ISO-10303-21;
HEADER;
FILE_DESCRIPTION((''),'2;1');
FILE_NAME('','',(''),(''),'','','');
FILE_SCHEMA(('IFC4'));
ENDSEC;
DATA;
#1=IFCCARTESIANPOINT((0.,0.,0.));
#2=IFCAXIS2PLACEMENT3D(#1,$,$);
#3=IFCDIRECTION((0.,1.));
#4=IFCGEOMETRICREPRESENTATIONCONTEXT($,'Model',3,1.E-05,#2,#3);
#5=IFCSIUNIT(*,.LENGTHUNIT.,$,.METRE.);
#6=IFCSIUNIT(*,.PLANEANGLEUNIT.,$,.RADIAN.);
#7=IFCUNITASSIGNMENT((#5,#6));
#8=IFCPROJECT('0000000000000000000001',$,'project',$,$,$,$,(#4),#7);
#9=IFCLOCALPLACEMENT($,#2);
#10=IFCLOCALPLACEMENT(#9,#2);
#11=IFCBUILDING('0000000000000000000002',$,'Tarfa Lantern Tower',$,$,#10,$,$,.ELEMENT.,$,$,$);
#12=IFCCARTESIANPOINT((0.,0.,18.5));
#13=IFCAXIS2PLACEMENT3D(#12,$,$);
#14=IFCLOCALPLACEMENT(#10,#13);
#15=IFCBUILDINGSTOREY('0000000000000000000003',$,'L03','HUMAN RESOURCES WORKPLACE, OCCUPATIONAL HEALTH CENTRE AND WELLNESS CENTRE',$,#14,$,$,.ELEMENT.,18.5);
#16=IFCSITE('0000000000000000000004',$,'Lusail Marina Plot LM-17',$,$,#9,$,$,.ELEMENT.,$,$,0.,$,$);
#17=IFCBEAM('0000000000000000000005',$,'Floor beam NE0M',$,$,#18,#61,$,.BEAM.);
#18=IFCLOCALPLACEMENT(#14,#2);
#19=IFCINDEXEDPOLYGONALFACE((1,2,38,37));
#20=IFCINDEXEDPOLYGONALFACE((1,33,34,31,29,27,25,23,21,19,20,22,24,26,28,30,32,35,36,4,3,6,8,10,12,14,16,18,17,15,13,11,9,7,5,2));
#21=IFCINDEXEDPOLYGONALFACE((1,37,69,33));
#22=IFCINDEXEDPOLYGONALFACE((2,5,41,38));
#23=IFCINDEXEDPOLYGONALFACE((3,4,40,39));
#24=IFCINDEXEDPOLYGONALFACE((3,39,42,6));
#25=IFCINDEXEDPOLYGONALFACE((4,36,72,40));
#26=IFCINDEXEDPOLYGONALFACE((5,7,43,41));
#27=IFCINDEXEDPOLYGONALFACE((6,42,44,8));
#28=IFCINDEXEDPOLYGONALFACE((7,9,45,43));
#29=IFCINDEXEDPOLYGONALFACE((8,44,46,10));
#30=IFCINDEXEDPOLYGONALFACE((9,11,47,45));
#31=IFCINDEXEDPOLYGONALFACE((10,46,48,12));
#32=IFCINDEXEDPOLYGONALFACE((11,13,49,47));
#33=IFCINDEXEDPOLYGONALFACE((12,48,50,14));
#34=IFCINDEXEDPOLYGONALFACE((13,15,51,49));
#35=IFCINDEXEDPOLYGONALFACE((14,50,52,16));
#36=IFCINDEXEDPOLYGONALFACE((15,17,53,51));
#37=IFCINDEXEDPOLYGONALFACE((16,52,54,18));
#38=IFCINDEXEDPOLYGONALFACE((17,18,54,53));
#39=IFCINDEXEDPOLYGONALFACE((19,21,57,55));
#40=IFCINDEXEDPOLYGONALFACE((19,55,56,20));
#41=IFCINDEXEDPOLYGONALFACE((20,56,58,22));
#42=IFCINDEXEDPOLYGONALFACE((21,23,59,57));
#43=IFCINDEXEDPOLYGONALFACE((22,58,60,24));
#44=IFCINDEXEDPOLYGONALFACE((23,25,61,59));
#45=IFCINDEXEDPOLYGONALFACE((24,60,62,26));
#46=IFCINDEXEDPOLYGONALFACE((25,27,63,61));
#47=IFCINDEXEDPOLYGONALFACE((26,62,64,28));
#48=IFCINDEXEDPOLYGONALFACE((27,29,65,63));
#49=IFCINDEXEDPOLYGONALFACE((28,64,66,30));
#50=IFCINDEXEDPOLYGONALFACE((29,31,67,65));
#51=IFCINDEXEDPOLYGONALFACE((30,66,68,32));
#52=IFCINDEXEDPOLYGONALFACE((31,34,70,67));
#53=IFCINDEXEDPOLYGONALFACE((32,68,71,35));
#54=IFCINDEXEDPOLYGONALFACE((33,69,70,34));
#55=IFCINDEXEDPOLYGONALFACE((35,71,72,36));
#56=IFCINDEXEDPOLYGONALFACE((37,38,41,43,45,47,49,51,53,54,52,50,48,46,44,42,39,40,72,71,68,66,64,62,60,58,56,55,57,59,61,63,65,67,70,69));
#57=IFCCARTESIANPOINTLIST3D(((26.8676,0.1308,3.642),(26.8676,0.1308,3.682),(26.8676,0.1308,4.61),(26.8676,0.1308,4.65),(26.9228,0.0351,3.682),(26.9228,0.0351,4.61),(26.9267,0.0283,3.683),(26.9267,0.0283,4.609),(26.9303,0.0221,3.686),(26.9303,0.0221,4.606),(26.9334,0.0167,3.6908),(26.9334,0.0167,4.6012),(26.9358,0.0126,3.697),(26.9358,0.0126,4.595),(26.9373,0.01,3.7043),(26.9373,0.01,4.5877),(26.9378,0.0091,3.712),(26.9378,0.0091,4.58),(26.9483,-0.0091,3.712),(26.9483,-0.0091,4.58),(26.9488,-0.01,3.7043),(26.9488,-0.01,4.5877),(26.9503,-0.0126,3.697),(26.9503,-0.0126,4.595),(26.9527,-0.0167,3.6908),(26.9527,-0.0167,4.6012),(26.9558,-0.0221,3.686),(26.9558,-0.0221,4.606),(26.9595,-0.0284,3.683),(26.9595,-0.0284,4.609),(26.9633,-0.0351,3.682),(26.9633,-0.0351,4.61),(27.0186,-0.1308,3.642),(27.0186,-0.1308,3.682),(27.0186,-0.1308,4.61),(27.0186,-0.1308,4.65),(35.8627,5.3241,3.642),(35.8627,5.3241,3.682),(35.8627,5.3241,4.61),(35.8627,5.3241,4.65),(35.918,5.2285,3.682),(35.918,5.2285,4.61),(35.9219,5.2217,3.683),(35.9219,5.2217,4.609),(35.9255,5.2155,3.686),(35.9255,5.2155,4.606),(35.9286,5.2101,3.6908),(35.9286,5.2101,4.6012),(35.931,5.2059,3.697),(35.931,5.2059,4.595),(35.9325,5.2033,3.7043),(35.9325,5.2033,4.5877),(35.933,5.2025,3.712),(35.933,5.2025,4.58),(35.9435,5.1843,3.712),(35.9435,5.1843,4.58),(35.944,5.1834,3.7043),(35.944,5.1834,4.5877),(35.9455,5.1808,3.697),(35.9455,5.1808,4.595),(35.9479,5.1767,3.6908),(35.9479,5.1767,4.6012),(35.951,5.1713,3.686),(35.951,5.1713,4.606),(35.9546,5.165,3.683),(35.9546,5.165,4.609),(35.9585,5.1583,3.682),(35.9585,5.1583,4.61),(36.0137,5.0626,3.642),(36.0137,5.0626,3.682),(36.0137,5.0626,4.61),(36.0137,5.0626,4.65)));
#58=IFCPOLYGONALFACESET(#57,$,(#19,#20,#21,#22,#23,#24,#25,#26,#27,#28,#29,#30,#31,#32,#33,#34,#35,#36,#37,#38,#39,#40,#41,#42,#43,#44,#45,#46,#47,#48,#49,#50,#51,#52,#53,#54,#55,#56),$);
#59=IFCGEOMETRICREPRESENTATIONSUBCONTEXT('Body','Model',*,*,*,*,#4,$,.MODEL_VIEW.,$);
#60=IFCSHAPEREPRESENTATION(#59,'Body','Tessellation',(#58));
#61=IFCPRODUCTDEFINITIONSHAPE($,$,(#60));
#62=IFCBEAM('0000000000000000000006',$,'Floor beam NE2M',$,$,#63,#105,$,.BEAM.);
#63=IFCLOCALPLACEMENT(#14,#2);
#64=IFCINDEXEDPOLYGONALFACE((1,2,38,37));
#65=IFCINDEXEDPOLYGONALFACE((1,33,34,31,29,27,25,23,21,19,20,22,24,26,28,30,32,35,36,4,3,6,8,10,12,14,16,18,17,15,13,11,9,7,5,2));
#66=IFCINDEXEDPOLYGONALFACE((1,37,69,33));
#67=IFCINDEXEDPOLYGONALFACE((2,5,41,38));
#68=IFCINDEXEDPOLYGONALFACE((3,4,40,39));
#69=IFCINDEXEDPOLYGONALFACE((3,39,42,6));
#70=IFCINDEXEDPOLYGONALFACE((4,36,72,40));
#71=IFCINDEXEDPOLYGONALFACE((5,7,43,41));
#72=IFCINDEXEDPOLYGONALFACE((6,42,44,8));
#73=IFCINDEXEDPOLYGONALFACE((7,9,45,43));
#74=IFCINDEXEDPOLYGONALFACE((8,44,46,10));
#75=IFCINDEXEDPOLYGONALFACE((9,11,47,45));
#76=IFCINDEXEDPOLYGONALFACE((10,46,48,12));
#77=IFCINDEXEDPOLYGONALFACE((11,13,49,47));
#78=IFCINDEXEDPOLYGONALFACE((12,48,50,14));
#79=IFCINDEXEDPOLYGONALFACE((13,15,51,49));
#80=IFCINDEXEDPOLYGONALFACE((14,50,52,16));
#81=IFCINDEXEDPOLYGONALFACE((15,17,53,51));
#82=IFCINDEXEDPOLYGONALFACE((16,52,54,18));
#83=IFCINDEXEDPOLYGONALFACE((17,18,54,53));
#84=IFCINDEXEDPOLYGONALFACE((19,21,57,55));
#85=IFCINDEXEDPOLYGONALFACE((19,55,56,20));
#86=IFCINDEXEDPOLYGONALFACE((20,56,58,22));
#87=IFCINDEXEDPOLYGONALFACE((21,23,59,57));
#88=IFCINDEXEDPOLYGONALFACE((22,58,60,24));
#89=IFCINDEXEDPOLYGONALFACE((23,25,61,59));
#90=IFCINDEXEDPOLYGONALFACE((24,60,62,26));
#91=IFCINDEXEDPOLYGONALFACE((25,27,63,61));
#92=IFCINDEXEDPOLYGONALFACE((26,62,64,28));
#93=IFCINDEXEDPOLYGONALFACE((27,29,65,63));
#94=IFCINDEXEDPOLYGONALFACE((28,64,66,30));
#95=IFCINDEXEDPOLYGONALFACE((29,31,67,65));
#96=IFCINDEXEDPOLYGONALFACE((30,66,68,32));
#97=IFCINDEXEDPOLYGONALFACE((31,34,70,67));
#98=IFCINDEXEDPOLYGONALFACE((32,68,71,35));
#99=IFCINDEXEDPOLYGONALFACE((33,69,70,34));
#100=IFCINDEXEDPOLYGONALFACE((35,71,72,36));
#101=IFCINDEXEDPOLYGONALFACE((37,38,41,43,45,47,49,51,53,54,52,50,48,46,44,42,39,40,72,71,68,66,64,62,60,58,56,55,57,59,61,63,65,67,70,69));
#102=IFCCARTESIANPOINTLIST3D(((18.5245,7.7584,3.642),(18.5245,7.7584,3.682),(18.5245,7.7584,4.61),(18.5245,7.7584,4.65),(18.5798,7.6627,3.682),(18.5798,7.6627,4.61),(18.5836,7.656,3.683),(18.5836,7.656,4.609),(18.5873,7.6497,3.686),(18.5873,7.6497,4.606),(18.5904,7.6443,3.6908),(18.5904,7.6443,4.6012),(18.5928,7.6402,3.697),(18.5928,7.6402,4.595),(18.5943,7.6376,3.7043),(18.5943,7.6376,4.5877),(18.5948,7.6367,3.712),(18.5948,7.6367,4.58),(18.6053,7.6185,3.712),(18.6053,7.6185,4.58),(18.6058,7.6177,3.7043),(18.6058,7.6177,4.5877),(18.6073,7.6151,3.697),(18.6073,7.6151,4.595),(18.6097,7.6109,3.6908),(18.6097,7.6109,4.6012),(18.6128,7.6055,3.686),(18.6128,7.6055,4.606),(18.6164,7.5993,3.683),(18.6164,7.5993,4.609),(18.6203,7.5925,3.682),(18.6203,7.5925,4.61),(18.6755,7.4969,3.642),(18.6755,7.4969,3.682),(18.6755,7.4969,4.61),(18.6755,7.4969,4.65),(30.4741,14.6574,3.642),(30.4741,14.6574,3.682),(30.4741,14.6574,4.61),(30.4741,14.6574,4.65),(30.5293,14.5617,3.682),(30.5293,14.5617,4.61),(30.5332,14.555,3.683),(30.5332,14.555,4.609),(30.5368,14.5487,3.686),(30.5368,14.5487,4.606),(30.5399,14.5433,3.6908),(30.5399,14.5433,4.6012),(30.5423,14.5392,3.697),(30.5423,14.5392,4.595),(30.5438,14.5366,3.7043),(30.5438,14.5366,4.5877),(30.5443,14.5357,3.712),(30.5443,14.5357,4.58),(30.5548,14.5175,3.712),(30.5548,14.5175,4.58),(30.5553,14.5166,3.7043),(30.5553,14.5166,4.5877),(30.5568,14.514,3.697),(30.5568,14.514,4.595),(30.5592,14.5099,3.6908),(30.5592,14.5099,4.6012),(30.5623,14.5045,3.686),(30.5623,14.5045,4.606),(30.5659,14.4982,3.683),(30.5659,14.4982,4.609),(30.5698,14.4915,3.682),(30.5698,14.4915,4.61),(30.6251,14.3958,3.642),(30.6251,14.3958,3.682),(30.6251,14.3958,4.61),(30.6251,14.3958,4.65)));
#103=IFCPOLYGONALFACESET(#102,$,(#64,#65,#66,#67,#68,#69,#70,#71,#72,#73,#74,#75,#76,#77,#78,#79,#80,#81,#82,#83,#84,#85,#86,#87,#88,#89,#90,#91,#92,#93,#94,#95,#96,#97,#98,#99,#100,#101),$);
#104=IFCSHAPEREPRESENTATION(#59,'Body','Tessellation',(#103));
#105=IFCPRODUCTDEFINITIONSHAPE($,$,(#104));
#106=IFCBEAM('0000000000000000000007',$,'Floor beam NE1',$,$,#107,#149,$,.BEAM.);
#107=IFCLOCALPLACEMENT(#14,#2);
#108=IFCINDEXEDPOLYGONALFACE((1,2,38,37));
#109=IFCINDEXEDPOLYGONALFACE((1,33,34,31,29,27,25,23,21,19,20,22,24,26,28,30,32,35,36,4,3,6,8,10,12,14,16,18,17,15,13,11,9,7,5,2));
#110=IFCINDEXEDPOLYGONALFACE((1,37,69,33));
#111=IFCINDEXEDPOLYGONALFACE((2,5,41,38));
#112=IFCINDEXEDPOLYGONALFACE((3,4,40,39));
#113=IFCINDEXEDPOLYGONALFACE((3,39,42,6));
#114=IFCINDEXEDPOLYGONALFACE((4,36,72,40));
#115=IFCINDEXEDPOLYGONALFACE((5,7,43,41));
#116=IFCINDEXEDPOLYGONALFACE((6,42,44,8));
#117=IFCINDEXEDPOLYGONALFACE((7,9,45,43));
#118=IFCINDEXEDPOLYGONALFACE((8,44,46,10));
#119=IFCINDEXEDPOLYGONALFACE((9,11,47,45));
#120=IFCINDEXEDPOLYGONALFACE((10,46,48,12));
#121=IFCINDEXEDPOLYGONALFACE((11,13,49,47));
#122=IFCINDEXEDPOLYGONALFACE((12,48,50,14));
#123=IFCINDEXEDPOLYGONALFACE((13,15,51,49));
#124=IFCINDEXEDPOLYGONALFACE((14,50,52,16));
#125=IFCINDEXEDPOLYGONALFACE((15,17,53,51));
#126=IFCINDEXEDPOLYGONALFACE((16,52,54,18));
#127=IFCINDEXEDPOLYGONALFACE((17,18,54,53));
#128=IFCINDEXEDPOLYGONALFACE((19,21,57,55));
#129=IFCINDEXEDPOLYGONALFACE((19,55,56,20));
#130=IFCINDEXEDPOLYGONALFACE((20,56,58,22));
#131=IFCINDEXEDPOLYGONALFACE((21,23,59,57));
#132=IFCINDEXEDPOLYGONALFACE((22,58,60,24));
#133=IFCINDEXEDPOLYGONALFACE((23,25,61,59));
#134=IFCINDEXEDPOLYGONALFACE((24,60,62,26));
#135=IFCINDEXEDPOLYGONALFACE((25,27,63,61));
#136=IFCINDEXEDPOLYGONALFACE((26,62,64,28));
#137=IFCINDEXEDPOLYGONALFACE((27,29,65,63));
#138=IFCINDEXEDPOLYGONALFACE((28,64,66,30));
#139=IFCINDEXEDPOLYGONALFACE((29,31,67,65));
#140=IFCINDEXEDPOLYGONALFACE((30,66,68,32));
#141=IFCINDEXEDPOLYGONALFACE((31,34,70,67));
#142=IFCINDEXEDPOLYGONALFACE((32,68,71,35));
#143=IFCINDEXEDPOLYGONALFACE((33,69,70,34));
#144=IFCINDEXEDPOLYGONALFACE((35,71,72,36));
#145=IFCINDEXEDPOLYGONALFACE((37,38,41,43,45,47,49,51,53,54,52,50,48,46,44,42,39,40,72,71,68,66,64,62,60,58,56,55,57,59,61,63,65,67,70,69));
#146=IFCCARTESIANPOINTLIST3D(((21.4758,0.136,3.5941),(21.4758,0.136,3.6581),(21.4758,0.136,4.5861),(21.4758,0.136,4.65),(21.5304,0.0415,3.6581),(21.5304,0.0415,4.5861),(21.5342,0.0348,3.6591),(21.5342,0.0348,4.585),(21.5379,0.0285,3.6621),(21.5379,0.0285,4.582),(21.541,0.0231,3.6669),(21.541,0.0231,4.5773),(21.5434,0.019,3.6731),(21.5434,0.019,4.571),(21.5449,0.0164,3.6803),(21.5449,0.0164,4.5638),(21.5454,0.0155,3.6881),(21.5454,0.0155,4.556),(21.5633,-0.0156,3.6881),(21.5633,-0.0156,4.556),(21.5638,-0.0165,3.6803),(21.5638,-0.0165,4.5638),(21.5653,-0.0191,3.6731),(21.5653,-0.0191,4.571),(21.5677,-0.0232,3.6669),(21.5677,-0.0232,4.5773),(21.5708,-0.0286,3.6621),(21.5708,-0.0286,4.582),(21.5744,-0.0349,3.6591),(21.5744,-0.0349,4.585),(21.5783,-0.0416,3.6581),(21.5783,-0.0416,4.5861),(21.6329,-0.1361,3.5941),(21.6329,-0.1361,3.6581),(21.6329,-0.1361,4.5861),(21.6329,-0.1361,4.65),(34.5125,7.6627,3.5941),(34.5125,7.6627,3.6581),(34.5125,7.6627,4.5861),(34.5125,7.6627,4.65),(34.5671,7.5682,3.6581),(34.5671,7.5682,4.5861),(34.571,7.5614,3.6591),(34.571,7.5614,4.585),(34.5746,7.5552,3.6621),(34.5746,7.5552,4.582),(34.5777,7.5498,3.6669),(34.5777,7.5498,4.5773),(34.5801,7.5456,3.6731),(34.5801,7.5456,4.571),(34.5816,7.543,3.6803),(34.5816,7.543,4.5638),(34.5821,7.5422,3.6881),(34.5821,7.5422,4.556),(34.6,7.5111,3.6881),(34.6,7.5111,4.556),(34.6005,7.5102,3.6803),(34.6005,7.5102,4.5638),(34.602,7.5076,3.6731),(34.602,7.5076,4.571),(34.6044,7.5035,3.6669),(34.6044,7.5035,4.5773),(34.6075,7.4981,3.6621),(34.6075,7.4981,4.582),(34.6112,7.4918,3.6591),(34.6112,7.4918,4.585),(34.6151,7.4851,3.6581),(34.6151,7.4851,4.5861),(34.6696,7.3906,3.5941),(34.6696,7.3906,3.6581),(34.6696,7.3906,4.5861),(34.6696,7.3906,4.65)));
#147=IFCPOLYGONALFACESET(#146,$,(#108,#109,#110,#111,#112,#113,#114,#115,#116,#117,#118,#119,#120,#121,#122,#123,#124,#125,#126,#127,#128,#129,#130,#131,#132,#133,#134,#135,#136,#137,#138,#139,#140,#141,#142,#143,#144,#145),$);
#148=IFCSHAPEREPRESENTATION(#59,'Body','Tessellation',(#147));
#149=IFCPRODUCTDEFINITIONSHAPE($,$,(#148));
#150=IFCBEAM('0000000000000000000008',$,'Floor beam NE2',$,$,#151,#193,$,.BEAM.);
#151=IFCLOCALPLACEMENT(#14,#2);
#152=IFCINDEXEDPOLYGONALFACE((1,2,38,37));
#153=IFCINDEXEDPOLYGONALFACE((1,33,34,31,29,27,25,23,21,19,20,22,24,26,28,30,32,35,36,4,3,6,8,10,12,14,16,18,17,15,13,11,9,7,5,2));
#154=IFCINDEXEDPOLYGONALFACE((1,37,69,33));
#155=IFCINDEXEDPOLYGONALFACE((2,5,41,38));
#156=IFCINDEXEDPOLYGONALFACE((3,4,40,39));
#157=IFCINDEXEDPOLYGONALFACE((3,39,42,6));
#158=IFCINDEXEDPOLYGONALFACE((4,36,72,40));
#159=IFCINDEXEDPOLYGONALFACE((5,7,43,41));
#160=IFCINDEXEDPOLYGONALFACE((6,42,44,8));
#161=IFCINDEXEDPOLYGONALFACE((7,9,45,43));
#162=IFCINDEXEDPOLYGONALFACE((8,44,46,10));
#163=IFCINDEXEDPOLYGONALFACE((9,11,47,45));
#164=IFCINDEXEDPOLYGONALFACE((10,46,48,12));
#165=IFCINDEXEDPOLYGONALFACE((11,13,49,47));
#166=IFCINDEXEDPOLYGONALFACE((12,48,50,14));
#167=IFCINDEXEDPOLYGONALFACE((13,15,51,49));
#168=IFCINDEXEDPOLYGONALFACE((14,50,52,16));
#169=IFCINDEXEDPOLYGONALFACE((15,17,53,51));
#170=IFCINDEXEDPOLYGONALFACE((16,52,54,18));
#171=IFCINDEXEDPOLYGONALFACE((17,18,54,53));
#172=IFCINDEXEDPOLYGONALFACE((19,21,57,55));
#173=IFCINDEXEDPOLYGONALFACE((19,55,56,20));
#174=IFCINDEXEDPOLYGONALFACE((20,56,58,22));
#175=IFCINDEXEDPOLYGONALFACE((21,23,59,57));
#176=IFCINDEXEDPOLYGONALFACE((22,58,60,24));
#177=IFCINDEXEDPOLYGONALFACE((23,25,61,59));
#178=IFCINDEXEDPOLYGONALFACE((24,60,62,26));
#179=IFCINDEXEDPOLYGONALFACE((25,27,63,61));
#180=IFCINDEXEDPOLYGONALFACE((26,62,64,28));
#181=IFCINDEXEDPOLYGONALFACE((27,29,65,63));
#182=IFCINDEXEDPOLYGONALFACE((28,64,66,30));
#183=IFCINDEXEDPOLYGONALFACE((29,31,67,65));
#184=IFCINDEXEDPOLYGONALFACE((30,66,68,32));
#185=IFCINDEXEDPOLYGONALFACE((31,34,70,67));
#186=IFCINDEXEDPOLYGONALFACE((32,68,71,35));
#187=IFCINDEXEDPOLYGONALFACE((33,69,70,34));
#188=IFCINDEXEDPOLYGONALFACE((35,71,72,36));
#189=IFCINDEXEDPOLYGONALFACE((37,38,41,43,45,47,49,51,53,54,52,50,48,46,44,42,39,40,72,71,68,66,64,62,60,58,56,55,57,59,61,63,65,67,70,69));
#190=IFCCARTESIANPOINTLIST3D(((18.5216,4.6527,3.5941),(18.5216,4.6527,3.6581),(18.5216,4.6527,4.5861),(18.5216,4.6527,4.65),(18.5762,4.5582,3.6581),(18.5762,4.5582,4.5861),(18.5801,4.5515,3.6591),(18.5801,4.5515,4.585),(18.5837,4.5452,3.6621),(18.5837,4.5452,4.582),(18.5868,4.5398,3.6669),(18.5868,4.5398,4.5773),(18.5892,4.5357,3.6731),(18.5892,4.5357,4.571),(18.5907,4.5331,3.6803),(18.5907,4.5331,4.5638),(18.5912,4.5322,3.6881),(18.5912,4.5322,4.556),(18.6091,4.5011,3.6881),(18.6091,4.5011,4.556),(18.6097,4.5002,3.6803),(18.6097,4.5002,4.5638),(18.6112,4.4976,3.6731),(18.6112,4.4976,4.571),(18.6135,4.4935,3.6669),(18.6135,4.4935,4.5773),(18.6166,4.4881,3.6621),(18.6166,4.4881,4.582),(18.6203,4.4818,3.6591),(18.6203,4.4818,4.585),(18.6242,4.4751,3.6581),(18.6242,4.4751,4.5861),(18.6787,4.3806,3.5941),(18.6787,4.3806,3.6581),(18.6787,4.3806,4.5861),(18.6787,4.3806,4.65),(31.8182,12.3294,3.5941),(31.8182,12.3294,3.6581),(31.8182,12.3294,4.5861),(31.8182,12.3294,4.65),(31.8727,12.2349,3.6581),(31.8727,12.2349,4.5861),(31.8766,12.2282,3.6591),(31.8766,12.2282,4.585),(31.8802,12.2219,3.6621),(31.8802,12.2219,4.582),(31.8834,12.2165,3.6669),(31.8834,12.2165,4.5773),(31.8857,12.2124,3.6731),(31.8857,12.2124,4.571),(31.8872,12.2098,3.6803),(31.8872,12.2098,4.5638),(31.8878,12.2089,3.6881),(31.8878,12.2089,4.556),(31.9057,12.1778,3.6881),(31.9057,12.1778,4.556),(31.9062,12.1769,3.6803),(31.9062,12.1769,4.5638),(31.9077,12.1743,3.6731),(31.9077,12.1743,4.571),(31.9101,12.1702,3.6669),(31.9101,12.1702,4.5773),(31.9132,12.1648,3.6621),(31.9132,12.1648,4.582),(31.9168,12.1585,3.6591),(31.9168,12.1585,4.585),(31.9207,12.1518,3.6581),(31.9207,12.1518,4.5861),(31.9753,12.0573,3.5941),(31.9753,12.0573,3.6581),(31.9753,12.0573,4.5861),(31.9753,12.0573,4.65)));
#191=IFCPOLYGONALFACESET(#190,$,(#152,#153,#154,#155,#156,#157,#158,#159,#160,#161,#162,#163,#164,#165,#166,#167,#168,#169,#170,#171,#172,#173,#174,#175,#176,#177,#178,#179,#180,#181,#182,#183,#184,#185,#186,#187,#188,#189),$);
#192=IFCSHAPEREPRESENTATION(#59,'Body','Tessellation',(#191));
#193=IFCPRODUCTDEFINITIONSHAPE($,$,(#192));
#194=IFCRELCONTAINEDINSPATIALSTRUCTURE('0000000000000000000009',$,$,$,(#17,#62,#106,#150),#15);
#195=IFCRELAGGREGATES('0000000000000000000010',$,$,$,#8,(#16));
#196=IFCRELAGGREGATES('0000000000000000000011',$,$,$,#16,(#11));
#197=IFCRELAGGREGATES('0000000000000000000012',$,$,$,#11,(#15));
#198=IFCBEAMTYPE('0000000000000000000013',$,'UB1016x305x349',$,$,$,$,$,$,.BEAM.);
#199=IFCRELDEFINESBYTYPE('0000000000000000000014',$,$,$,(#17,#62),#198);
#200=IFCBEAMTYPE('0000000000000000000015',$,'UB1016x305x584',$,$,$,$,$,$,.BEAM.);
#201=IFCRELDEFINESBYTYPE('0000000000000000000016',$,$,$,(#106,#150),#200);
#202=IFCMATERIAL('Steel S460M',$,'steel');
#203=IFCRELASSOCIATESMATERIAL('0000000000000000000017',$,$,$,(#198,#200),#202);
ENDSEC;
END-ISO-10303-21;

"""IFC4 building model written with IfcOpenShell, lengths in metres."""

from ifc_helpers import new_model, si_unit, direction, frame, origin, origin_2d, place, context, subcontext, project, spatial, i_section, extrude, material, material_profile, profile_set, type_object, element, save


model = new_model("IFC4")

# Units and contexts
model_context = context("Model", 3, precision=1e-05, world=origin(), true_north=direction((0.0, 1.0)))
body_context = subcontext(model_context, "Body", "Model", "MODEL_VIEW")
ifc_project = project(units=[si_unit("LENGTHUNIT", "METRE"), si_unit("PLANEANGLEUNIT", "RADIAN")], contexts=[model_context])

# Site, building, storey
site_placement = place(None, origin())
site = spatial("IfcSite", under=ifc_project, at=site_placement, Name="Lusail Marina Plot LM-17", CompositionType="ELEMENT", RefElevation=0.0)
building_placement = place(site_placement, origin())
building = spatial("IfcBuilding", under=site, at=building_placement, Name="Tarfa Lantern Tower", CompositionType="ELEMENT")
storey_placement = place(building_placement, frame((0.0, 0.0, 18.5)))
storey = spatial("IfcBuildingStorey", under=building, at=storey_placement, Name="L03", Description="HUMAN RESOURCES WORKPLACE, OCCUPATIONAL HEALTH CENTRE AND WELLNESS CENTRE", CompositionType="ELEMENT", Elevation=18.5)

# Beams
ifc_material_1 = material(Name="Steel S460M", Category="steel")
ifc_material_profile_1 = material_profile(ifc_material_1, i_section(OverallWidth=0.302, OverallDepth=1.0081, WebThickness=0.021, FlangeThickness=0.04, FilletRadius=0.03, at=origin_2d()), Name="UB1016x305x349")
ifc_profile_set_1 = profile_set([ifc_material_profile_1], Name="Steel S460M")
beam_type_1 = type_object("IfcBeamType", Name="UB1016x305x349", PredefinedType="BEAM", material=ifc_profile_set_1)
beam_1_placement = place(storey_placement, frame((35.9382, 5.1934, 4.146), z_axis=(-0.866024, -0.500002, 0.0), x_axis=(0.500002, -0.866024, 0.0)))
element("IfcBeam", 1, at=beam_1_placement, inside=storey, type_object=beam_type_1, Name="Floor beam NE0M", PredefinedType="BEAM", context=body_context, shape_type="SweptSolid", body=[
    extrude(i_section(OverallWidth=0.302, OverallDepth=1.0081, WebThickness=0.021, FlangeThickness=0.04, FilletRadius=0.03, at=origin_2d()), origin(), (0.0, 0.0, 1.0), 10.3867),
])
beam_2_placement = place(storey_placement, frame((30.5496, 14.5266, 4.146), z_axis=(-0.866029, -0.499995, 0.0), x_axis=(0.499995, -0.866029, 0.0)))
element("IfcBeam", 2, at=beam_2_placement, inside=storey, type_object=beam_type_1, Name="Floor beam NE2M", PredefinedType="BEAM", context=body_context, shape_type="SweptSolid", body=[
    extrude(i_section(OverallWidth=0.302, OverallDepth=1.0081, WebThickness=0.021, FlangeThickness=0.04, FilletRadius=0.03, at=origin_2d()), origin(), (0.0, 0.0, 1.0), 13.7981),
])
ifc_material_profile_2 = material_profile(ifc_material_1, i_section(OverallWidth=0.3142, OverallDepth=1.0559, WebThickness=0.0359, FlangeThickness=0.064, FilletRadius=0.03, at=origin_2d()), Name="UB1016x305x584")
ifc_profile_set_2 = profile_set([ifc_material_profile_2], Name="Steel S460M")
beam_type_2 = type_object("IfcBeamType", Name="UB1016x305x584", PredefinedType="BEAM", material=ifc_profile_set_2)
beam_3_placement = place(storey_placement, frame((34.5911, 7.5266, 4.1221), z_axis=(-0.866028, -0.499996, 0.0), x_axis=(0.499996, -0.866028, 0.0)))
element("IfcBeam", 3, at=beam_3_placement, inside=storey, type_object=beam_type_2, Name="Floor beam NE1", PredefinedType="BEAM", context=body_context, shape_type="SweptSolid", body=[
    extrude(i_section(OverallWidth=0.3142, OverallDepth=1.0559, WebThickness=0.0359, FlangeThickness=0.064, FilletRadius=0.03, at=origin_2d()), origin(), (0.0, 0.0, 1.0), 15.0535),
])
beam_4_placement = place(storey_placement, frame((31.8967, 12.1934, 4.1221), z_axis=(-0.866027, -0.499997, 0.0), x_axis=(0.499997, -0.866027, 0.0)))
element("IfcBeam", 4, at=beam_4_placement, inside=storey, type_object=beam_type_2, Name="Floor beam NE2", PredefinedType="BEAM", context=body_context, shape_type="SweptSolid", body=[
    extrude(i_section(OverallWidth=0.3142, OverallDepth=1.0559, WebThickness=0.0359, FlangeThickness=0.064, FilletRadius=0.03, at=origin_2d()), origin(), (0.0, 0.0, 1.0), 15.3535),
])

save(model, "model.ifc")
